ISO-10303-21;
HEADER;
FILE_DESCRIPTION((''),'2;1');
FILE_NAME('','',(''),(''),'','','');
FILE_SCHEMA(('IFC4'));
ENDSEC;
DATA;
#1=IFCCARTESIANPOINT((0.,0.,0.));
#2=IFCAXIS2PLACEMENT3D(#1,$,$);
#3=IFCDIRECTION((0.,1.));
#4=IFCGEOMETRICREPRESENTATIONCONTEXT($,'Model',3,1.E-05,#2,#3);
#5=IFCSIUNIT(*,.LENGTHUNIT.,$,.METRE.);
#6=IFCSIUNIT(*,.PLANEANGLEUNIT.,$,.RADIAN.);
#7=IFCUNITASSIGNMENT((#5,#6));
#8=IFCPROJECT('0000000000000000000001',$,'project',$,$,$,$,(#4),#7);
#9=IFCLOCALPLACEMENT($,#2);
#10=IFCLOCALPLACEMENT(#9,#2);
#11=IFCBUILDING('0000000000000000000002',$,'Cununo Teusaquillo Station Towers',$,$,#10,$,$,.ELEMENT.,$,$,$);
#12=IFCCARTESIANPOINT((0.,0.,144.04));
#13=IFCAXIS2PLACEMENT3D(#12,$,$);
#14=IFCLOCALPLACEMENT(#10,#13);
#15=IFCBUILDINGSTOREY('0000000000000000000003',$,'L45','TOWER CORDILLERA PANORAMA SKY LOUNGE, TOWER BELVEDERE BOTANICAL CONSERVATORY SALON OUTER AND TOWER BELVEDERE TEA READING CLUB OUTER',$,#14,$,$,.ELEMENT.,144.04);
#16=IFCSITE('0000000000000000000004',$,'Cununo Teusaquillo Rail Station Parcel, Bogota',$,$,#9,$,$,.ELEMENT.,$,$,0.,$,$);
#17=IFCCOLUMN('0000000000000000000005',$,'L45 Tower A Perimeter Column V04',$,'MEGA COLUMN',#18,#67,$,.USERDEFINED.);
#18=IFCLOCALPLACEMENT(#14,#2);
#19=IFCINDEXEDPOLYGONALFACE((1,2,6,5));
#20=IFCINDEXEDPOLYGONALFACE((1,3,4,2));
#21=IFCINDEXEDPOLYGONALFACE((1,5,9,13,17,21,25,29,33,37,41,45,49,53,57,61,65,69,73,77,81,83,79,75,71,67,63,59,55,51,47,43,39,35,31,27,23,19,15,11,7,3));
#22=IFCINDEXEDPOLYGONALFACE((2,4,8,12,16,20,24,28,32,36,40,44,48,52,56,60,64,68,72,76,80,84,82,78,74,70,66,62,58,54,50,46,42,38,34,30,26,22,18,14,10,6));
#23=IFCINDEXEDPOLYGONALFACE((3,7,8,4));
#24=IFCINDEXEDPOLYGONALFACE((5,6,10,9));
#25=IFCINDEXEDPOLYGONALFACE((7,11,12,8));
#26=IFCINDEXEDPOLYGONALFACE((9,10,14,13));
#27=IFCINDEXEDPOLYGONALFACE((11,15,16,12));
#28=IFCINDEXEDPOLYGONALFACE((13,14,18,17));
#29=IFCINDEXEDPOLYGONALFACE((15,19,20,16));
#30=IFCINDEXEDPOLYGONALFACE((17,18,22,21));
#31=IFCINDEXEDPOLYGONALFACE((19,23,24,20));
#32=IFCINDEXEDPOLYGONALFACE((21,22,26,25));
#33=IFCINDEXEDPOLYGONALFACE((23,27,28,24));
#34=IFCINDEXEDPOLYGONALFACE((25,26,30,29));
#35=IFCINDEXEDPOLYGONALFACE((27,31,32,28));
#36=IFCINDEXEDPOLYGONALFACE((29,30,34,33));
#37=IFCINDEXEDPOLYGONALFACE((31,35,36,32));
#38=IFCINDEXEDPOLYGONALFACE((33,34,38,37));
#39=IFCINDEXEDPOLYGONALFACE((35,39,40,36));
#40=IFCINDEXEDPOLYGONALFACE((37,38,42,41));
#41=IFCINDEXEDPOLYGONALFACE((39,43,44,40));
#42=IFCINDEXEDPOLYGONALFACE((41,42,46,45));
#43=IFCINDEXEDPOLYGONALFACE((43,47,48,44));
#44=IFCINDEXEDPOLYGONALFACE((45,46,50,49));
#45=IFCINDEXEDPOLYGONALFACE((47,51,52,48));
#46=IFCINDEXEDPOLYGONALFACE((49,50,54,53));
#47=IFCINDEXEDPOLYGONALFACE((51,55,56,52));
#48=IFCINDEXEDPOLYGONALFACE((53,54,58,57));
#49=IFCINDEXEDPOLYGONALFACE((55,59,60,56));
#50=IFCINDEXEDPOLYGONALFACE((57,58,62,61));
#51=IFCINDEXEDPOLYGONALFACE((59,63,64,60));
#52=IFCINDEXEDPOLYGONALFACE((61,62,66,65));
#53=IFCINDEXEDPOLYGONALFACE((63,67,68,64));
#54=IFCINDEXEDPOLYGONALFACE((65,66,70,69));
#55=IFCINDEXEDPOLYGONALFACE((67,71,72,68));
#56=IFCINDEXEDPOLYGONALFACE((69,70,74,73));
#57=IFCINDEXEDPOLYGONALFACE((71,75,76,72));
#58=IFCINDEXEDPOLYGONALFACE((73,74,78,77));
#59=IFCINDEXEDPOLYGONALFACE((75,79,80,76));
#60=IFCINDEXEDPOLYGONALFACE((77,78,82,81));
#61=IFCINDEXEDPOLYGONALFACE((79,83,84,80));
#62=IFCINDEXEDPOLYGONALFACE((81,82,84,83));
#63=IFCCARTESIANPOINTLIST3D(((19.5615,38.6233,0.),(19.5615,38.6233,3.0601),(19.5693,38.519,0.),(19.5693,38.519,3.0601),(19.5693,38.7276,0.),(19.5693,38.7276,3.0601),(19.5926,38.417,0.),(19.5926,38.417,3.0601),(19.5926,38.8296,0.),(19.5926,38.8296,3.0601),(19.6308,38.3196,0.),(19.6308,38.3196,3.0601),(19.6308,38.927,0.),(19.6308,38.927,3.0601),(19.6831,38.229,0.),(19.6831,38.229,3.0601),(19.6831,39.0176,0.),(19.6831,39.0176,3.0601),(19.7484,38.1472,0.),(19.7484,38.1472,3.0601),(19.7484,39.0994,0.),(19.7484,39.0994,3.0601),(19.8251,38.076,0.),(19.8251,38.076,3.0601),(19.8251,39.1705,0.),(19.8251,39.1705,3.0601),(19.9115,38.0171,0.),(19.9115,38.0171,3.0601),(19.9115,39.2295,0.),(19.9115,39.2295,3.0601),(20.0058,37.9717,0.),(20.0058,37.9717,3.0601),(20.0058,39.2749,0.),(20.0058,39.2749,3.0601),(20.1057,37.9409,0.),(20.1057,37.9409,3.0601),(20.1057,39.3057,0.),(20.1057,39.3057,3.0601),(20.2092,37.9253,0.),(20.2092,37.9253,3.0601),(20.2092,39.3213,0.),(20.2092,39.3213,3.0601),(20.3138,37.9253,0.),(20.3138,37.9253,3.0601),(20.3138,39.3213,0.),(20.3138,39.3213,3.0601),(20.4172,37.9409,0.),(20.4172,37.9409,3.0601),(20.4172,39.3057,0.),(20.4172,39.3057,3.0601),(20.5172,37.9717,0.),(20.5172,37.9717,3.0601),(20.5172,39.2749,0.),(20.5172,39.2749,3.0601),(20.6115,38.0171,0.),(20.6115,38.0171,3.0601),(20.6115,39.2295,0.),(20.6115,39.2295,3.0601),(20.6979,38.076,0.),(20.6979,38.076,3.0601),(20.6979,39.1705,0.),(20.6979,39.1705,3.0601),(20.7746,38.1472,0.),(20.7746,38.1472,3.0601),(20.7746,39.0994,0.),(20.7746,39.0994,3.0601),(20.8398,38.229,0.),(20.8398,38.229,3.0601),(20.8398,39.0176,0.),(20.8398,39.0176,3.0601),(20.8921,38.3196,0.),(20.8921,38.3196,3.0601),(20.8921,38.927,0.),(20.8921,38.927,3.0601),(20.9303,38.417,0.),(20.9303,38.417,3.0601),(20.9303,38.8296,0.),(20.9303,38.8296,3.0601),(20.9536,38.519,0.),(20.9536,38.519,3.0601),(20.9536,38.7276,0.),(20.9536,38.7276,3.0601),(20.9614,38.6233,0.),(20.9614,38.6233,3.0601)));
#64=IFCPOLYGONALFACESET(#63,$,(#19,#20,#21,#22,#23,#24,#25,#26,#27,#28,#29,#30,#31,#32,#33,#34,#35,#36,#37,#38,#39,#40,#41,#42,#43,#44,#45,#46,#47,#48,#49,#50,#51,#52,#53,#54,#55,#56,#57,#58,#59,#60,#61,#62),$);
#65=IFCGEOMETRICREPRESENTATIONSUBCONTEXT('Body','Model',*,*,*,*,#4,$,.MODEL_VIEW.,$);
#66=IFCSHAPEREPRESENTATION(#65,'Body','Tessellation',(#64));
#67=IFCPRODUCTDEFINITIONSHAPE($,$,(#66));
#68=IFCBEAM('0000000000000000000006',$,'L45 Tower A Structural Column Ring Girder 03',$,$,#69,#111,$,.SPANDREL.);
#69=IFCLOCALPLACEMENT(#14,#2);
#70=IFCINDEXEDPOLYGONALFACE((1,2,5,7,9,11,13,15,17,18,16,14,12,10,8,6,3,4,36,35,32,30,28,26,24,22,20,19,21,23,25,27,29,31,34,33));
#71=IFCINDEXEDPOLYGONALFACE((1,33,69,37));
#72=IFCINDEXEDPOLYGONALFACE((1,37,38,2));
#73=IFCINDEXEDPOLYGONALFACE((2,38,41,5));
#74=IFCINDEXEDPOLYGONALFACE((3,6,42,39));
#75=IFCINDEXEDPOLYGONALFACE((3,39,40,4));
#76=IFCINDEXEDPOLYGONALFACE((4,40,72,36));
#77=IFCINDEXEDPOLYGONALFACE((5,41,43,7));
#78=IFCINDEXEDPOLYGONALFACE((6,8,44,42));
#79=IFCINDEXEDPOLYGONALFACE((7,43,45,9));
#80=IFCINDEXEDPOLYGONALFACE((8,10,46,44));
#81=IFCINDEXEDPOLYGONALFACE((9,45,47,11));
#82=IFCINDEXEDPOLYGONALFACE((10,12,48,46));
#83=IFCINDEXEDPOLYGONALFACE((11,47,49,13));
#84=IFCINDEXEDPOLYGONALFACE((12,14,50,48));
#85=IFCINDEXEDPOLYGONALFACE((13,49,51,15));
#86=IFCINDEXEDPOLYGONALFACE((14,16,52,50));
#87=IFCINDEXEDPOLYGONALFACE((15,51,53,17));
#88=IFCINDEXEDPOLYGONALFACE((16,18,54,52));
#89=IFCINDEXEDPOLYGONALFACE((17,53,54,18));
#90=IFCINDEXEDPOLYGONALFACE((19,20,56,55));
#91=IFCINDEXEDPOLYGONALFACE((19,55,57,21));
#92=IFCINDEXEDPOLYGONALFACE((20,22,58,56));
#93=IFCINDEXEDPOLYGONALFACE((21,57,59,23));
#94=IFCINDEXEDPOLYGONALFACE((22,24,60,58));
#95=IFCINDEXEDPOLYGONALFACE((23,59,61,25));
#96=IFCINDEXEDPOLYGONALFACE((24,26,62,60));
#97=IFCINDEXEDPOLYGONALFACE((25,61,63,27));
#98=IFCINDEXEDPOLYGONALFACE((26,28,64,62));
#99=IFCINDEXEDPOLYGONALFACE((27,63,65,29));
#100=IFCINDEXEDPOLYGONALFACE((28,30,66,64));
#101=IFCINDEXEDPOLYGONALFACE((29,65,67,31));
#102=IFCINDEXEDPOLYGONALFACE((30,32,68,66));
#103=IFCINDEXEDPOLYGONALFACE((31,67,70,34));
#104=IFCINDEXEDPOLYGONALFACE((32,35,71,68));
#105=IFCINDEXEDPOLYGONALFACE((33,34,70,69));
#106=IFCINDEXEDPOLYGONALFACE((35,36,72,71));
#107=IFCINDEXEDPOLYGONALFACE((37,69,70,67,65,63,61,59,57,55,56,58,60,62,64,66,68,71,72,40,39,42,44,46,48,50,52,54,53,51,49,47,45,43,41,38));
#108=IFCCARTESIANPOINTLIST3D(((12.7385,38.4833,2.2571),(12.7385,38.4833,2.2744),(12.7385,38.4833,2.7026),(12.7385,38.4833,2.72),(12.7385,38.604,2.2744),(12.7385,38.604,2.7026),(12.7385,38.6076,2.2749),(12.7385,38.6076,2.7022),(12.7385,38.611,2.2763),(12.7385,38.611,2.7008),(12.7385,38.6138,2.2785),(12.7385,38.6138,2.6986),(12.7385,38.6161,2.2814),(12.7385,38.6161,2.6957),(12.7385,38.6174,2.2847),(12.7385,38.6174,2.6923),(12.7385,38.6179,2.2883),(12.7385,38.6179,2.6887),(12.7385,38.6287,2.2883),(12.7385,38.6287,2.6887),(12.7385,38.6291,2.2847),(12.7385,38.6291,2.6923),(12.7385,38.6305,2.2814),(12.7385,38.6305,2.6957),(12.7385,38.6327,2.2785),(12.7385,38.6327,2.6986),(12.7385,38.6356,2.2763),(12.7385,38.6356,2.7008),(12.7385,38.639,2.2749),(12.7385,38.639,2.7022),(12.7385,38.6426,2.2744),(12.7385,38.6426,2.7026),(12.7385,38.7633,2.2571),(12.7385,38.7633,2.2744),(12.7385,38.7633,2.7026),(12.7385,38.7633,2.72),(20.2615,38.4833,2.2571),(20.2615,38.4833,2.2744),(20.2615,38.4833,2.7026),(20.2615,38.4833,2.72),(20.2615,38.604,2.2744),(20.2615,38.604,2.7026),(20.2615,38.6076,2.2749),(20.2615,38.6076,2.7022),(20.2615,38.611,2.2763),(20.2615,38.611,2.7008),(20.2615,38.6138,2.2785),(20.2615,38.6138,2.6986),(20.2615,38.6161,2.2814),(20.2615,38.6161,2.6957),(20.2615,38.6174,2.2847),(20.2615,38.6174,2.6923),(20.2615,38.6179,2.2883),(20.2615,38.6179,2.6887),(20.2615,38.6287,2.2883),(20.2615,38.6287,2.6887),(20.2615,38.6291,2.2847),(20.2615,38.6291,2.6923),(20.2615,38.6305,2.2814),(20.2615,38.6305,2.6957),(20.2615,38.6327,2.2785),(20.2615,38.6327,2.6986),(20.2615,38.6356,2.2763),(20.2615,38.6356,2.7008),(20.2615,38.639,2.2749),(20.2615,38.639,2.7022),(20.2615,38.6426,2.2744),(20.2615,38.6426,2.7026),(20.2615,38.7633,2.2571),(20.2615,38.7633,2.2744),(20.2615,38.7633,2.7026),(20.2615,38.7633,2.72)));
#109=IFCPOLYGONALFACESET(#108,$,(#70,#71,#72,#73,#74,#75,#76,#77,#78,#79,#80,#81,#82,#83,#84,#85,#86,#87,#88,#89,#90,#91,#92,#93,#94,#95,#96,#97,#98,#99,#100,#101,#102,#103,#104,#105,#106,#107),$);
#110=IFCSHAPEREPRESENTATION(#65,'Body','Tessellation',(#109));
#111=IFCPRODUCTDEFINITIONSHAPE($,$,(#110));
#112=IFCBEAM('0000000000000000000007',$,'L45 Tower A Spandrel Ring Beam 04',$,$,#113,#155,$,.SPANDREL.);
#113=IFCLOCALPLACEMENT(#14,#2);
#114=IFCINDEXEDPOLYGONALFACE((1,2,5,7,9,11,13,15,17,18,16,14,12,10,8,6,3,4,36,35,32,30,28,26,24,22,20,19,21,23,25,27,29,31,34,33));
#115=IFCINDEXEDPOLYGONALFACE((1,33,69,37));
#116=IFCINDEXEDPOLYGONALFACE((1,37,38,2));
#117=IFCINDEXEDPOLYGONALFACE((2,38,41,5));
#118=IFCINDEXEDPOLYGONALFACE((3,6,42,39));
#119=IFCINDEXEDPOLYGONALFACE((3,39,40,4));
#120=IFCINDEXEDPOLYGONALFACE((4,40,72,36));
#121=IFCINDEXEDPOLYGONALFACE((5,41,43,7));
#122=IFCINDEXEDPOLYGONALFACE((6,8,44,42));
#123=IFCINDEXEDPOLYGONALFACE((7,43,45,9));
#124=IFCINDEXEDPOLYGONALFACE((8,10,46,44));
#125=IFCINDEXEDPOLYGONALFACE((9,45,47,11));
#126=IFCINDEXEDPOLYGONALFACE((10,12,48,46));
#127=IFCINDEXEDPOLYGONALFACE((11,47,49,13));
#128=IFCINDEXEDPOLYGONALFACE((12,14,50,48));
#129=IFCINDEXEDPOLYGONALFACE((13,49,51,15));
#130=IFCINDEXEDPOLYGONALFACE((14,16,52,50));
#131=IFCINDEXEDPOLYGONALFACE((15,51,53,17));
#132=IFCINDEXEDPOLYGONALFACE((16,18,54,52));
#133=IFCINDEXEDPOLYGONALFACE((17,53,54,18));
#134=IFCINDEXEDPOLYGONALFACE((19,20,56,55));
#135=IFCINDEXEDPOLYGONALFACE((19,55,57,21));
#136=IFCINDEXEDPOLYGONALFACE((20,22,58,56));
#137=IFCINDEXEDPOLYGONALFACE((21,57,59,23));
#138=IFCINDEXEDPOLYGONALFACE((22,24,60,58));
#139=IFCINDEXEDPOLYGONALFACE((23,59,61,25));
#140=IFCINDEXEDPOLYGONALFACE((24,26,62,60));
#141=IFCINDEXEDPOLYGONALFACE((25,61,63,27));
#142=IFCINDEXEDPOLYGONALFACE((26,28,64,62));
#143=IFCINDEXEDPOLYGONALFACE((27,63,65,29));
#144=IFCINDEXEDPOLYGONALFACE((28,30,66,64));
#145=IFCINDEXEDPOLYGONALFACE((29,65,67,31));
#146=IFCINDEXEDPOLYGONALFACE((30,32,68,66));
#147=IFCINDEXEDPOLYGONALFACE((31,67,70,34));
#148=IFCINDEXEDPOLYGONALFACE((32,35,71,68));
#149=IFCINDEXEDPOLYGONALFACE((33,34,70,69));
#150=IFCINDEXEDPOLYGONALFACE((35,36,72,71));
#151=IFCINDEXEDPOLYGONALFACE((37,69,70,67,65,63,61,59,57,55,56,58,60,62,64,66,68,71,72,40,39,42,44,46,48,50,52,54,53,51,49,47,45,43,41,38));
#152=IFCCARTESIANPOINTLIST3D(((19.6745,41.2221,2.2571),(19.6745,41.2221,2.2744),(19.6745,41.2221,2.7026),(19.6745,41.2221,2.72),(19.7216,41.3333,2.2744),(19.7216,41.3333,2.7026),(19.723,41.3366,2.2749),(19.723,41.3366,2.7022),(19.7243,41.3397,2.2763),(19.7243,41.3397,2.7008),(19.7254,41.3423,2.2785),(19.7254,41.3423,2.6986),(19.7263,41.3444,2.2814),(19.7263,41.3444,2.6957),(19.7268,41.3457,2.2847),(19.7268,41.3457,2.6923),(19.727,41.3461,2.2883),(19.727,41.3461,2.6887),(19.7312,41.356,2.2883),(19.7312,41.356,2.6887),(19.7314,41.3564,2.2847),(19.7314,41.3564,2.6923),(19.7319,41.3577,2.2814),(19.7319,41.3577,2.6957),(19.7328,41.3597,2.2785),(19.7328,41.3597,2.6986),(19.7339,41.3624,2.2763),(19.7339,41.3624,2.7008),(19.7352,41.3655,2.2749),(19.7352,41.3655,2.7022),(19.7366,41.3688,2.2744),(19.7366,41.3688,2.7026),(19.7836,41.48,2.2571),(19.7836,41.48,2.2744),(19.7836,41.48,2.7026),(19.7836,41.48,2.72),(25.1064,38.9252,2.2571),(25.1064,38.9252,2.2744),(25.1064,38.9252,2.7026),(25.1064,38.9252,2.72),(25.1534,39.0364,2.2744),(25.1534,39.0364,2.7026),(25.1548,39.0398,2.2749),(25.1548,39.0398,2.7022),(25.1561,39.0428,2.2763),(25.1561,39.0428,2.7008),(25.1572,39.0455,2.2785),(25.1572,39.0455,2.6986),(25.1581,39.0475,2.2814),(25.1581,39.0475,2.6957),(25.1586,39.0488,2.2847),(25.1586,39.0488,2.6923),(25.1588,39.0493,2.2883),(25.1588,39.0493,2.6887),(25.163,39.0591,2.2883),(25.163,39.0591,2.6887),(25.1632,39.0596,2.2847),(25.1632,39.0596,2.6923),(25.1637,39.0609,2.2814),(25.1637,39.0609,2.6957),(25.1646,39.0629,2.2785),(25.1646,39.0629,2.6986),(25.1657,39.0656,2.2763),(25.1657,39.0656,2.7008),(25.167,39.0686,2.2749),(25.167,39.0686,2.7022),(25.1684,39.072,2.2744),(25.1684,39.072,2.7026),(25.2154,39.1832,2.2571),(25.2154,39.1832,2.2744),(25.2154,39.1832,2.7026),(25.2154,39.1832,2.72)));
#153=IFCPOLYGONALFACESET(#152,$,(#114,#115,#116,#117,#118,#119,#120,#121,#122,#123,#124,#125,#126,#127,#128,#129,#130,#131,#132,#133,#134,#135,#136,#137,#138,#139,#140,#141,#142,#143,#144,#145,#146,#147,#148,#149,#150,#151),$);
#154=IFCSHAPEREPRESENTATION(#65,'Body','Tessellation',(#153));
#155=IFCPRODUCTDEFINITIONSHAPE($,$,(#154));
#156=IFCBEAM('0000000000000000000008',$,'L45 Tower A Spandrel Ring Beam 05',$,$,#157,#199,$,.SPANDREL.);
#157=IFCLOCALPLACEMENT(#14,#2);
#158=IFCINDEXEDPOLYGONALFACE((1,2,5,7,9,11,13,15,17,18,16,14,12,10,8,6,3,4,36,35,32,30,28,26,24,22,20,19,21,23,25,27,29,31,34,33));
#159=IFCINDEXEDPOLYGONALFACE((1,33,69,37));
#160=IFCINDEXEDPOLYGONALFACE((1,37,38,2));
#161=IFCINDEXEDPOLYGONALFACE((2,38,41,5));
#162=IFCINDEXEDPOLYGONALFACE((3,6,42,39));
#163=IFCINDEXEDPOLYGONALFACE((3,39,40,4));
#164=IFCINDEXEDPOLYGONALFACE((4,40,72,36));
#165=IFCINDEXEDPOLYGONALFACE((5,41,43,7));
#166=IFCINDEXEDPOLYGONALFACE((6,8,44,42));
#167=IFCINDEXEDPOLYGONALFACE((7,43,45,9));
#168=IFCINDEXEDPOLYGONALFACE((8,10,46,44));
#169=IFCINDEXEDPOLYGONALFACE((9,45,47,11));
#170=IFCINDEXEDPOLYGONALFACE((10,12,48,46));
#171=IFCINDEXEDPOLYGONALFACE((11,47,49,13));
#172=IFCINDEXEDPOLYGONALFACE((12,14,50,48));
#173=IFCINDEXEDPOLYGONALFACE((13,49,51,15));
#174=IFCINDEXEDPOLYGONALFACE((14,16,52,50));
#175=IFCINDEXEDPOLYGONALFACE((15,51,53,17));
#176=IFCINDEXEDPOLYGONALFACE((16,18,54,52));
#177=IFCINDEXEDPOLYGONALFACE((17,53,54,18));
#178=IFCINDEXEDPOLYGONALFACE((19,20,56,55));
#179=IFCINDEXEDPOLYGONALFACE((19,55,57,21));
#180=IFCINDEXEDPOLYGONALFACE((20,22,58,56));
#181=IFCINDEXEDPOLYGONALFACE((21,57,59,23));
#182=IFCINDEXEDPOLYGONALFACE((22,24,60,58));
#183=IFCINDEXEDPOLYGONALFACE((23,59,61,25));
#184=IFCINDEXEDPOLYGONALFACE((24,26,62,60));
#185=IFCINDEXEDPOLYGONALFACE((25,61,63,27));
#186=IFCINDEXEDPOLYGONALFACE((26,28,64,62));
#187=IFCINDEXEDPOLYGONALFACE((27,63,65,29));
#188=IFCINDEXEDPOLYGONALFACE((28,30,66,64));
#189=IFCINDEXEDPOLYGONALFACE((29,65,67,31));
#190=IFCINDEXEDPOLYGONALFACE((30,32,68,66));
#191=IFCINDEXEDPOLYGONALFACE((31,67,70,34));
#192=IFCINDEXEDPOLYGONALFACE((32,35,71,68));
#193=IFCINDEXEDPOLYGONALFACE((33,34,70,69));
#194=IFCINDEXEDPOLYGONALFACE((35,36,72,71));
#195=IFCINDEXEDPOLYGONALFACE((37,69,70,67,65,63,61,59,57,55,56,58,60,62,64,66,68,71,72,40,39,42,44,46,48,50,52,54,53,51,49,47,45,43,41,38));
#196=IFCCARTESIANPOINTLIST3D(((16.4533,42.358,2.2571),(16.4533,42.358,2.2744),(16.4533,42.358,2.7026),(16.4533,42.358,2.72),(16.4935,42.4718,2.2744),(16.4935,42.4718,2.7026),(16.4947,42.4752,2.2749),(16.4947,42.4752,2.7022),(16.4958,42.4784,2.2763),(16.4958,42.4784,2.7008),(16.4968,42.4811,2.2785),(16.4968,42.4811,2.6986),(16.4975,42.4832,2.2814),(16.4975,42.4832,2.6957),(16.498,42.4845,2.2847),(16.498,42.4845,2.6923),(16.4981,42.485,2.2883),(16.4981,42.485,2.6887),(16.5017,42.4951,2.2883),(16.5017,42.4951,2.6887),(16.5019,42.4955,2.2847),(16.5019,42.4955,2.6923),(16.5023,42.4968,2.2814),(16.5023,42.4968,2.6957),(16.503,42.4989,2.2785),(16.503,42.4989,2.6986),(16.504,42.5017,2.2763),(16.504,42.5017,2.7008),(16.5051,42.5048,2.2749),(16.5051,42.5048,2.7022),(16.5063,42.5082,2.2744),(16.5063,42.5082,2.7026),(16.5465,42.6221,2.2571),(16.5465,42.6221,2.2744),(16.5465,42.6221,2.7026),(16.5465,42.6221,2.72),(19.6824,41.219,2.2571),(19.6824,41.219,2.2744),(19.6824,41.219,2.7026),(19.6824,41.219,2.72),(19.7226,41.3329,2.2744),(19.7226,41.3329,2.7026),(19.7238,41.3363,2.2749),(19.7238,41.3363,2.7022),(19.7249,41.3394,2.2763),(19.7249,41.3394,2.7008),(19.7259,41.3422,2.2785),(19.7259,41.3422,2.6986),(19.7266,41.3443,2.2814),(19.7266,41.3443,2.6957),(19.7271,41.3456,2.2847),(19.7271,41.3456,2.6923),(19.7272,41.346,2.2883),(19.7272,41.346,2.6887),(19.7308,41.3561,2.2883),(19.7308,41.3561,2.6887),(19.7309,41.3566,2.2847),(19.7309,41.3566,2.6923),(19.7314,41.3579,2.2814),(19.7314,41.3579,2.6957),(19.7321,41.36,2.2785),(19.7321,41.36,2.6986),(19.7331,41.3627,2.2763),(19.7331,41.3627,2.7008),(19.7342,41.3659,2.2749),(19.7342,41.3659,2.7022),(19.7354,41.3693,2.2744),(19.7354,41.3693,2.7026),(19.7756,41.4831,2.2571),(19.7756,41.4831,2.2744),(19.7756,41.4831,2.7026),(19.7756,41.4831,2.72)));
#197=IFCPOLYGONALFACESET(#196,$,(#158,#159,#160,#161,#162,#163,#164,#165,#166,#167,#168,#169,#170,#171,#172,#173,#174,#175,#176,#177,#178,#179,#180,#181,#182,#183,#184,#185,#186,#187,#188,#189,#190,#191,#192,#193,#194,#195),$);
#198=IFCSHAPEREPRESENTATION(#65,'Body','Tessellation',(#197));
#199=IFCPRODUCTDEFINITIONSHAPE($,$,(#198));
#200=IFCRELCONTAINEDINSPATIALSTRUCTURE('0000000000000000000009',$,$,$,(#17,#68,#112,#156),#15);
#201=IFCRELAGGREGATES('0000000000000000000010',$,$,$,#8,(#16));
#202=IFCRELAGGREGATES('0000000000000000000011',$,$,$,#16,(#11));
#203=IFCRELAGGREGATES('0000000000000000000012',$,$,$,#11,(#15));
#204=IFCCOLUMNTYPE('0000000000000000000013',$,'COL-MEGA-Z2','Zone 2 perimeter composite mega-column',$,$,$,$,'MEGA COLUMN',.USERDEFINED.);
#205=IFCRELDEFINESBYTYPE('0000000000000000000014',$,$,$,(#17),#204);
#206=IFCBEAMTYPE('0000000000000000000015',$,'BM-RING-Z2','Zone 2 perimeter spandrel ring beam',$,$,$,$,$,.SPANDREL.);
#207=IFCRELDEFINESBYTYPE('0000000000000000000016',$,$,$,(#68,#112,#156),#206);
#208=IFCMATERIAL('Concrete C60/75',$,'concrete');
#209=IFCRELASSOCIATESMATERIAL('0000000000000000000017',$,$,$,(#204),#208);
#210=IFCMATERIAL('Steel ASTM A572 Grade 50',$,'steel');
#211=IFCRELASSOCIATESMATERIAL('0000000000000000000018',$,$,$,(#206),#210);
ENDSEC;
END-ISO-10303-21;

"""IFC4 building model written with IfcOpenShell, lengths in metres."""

from ifc_helpers import new_model, si_unit, direction, frame, origin, origin_2d, place, context, subcontext, project, spatial, circle, i_section, extrude, material, material_profile, profile_set, type_object, element, save


model = new_model("IFC4")

# Units and contexts
model_context = context("Model", 3, precision=1e-05, world=origin(), true_north=direction((0.0, 1.0)))
body_context = subcontext(model_context, "Body", "Model", "MODEL_VIEW")
ifc_project = project(units=[si_unit("LENGTHUNIT", "METRE"), si_unit("PLANEANGLEUNIT", "RADIAN")], contexts=[model_context])

# Site, building, storey
site_placement = place(None, origin())
site = spatial("IfcSite", under=ifc_project, at=site_placement, Name="Cununo Teusaquillo Rail Station Parcel, Bogota", CompositionType="ELEMENT", RefElevation=0.0)
building_placement = place(site_placement, origin())
building = spatial("IfcBuilding", under=site, at=building_placement, Name="Cununo Teusaquillo Station Towers", CompositionType="ELEMENT")
storey_placement = place(building_placement, frame((0.0, 0.0, 144.04)))
storey = spatial("IfcBuildingStorey", under=building, at=storey_placement, Name="L45", Description="TOWER CORDILLERA PANORAMA SKY LOUNGE, TOWER BELVEDERE BOTANICAL CONSERVATORY SALON OUTER AND TOWER BELVEDERE TEA READING CLUB OUTER", CompositionType="ELEMENT", Elevation=144.04)

# Column
ifc_material_1 = material(Name="Concrete C60/75", Category="concrete")
ifc_material_profile_1 = material_profile(ifc_material_1, circle(Radius=0.7, at=origin_2d()), Name="RC-CIRC-1400")
ifc_profile_set_1 = profile_set([ifc_material_profile_1], Name="Concrete C60/75")
column_type = type_object("IfcColumnType", Name="COL-MEGA-Z2", Description="Zone 2 perimeter composite mega-column", ElementType="MEGA COLUMN", PredefinedType="USERDEFINED", material=ifc_profile_set_1)
column_placement = place(storey_placement, frame((20.2615, 38.6233, 0.0), z_axis=(0.0, 0.0, 1.0), x_axis=(1.0, 0.0, 0.0)))
element("IfcColumn", 1, at=column_placement, inside=storey, type_object=column_type, Name="L45 Tower A Perimeter Column V04", ObjectType="MEGA COLUMN", PredefinedType="USERDEFINED", context=body_context, shape_type="SweptSolid", body=[
    extrude(circle(Radius=0.7, at=origin_2d()), origin(), (0.0, 0.0, 1.0), 3.0601),
])

# Beams
ifc_material_2 = material(Name="Steel ASTM A572 Grade 50", Category="steel")
ifc_material_profile_2 = material_profile(ifc_material_2, i_section(OverallWidth=0.28, OverallDepth=0.4629, WebThickness=0.0107, FlangeThickness=0.0173, FilletRadius=0.0139, at=origin_2d()), Name="W18X76")
ifc_profile_set_2 = profile_set([ifc_material_profile_2], Name="Steel ASTM A572 Grade 50")
beam_type = type_object("IfcBeamType", Name="BM-RING-Z2", Description="Zone 2 perimeter spandrel ring beam", PredefinedType="SPANDREL", material=ifc_profile_set_2)
beam_1_placement = place(storey_placement, frame((20.2615, 38.6233, 2.4885), z_axis=(-1.0, 0.0, 0.0), x_axis=(0.0, -1.0, 0.0)))
element("IfcBeam", 2, at=beam_1_placement, inside=storey, type_object=beam_type, Name="L45 Tower A Structural Column Ring Girder 03", PredefinedType="SPANDREL", context=body_context, shape_type="SweptSolid", body=[
    extrude(i_section(OverallWidth=0.28, OverallDepth=0.4629, WebThickness=0.0107, FlangeThickness=0.0173, FilletRadius=0.0139, at=origin_2d()), origin(), (0.0, 0.0, 1.0), 7.5229),
])
beam_2_placement = place(storey_placement, frame((25.1609, 39.0542, 2.4885), z_axis=(-0.921042, 0.389463, 0.0), x_axis=(-0.389463, -0.921042, 0.0)))
element("IfcBeam", 3, at=beam_2_placement, inside=storey, type_object=beam_type, Name="L45 Tower A Spandrel Ring Beam 04", PredefinedType="SPANDREL", context=body_context, shape_type="SweptSolid", body=[
    extrude(i_section(OverallWidth=0.28, OverallDepth=0.4629, WebThickness=0.0107, FlangeThickness=0.0173, FilletRadius=0.0139, at=origin_2d()), origin(), (0.0, 0.0, 1.0), 5.8975),
])
for number, where, z_axis, x_axis, name in (
    (4, (19.729, 41.3511, 2.4885), (-0.943057, 0.33263, 0.0), (-0.33263, -0.943057, 0.0), "L45 Tower A Spandrel Ring Beam 05"),
):
    element("IfcBeam", number, at=place(storey_placement, frame(where, z_axis=z_axis, x_axis=x_axis)), inside=storey, type_object=beam_type, Name=name, PredefinedType="SPANDREL", context=body_context, shape_type="SweptSolid", body=[
        extrude(i_section(OverallWidth=0.28, OverallDepth=0.4629, WebThickness=0.0107, FlangeThickness=0.0173, FilletRadius=0.0139, at=origin_2d()), origin(), (0.0, 0.0, 1.0), 3.4241),
    ])

save(model, "model.ifc")
